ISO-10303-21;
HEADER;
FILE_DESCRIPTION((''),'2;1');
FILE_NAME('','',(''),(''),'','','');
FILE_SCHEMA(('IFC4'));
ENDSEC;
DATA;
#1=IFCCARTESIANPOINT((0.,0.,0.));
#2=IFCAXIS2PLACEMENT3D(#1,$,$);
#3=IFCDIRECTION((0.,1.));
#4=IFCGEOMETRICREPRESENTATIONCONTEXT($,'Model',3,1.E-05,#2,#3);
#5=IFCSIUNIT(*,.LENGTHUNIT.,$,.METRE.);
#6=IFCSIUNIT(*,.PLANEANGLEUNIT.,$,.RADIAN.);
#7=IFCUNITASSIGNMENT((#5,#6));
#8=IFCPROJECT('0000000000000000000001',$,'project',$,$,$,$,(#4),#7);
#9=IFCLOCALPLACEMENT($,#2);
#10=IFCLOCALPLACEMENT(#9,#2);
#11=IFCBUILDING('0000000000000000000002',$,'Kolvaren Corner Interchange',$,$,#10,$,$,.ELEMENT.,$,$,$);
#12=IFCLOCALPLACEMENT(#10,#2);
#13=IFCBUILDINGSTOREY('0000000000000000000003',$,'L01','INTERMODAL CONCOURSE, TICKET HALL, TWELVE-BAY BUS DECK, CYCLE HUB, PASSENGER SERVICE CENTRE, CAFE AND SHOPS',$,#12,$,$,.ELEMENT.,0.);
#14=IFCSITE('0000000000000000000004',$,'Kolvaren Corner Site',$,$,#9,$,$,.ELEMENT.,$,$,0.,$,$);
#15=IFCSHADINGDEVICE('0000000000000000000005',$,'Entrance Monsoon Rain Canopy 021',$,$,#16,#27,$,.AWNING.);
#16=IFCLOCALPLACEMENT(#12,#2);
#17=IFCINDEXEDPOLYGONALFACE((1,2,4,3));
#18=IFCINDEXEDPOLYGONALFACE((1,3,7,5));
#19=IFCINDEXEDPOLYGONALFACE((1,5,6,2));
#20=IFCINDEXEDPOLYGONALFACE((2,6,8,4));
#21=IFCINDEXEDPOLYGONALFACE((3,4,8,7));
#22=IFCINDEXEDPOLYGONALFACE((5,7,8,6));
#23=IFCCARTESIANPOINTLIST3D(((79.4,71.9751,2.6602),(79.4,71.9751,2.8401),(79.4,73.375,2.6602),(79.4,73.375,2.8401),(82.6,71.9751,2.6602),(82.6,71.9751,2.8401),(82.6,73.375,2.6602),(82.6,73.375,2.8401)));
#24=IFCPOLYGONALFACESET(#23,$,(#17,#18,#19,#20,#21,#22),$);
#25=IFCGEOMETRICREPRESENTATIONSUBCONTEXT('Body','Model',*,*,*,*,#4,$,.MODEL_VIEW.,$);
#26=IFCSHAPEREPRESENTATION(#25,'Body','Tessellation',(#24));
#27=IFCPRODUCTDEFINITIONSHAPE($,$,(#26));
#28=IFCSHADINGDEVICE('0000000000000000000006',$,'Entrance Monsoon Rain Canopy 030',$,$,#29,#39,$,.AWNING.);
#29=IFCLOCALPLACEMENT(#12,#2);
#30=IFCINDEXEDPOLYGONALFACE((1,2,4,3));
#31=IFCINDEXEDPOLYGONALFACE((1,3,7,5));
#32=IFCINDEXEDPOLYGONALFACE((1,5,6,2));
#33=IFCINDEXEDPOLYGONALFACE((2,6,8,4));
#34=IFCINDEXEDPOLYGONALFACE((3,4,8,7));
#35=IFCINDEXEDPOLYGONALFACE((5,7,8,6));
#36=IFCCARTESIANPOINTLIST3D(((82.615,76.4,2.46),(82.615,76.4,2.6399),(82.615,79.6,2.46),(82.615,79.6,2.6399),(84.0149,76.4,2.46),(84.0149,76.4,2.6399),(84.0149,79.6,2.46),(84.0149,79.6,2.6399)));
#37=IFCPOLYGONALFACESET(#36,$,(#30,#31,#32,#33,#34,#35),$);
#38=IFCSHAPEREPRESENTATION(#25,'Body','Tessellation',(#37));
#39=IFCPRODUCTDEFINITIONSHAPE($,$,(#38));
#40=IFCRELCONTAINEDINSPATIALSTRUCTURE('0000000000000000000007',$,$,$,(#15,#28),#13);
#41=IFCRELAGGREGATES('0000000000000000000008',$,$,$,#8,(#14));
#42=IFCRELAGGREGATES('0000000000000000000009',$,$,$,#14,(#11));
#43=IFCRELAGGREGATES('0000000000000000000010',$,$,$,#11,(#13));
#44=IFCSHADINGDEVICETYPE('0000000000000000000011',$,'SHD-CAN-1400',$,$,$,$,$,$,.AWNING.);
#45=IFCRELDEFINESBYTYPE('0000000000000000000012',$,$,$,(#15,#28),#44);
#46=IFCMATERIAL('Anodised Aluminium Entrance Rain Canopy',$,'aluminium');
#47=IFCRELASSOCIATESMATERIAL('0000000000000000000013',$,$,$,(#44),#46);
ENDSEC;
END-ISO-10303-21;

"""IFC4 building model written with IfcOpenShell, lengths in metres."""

from ifc_helpers import new_model, si_unit, direction, frame, origin, origin_2d, place, context, subcontext, project, spatial, rectangle, extrude, material, type_object, element, save


model = new_model("IFC4")

# Units and contexts
model_context = context("Model", 3, precision=1e-05, world=origin(), true_north=direction((0.0, 1.0)))
body_context = subcontext(model_context, "Body", "Model", "MODEL_VIEW")
ifc_project = project(units=[si_unit("LENGTHUNIT", "METRE"), si_unit("PLANEANGLEUNIT", "RADIAN")], contexts=[model_context])

# Site, building, storey
site_placement = place(None, origin())
site = spatial("IfcSite", under=ifc_project, at=site_placement, Name="Kolvaren Corner Site", CompositionType="ELEMENT", RefElevation=0.0)
building_placement = place(site_placement, origin())
building = spatial("IfcBuilding", under=site, at=building_placement, Name="Kolvaren Corner Interchange", CompositionType="ELEMENT")
storey_placement = place(building_placement, origin())
storey = spatial("IfcBuildingStorey", under=building, at=storey_placement, Name="L01", Description="INTERMODAL CONCOURSE, TICKET HALL, TWELVE-BAY BUS DECK, CYCLE HUB, PASSENGER SERVICE CENTRE, CAFE AND SHOPS", CompositionType="ELEMENT", Elevation=0.0)

# Shading devices
ifc_material_1 = material(Name="Anodised Aluminium Entrance Rain Canopy", Category="aluminium")
shading_device_type_1 = type_object("IfcShadingDeviceType", Name="SHD-CAN-1400", PredefinedType="AWNING", material=ifc_material_1)
for number, where, z_axis, x_axis, name in (
    (1, (81.0, 72.675, 2.6602), (0.0, 0.0, 1.0), (-1.0, 0.0, 0.0), "Entrance Monsoon Rain Canopy 021"),
    (2, (83.3149, 78.0, 2.46), (0.0, 0.0, 1.0), (0.0, -1.0, 0.0), "Entrance Monsoon Rain Canopy 030"),
):
    element("IfcShadingDevice", number, at=place(storey_placement, frame(where, z_axis=z_axis, x_axis=x_axis)), inside=storey, type_object=shading_device_type_1, Name=name, PredefinedType="AWNING", context=body_context, shape_type="SweptSolid", body=[
        extrude(rectangle(XDim=3.2, YDim=1.3999, at=origin_2d()), origin(), (0.0, 0.0, 1.0), 0.1799),
    ])

save(model, "model.ifc")
